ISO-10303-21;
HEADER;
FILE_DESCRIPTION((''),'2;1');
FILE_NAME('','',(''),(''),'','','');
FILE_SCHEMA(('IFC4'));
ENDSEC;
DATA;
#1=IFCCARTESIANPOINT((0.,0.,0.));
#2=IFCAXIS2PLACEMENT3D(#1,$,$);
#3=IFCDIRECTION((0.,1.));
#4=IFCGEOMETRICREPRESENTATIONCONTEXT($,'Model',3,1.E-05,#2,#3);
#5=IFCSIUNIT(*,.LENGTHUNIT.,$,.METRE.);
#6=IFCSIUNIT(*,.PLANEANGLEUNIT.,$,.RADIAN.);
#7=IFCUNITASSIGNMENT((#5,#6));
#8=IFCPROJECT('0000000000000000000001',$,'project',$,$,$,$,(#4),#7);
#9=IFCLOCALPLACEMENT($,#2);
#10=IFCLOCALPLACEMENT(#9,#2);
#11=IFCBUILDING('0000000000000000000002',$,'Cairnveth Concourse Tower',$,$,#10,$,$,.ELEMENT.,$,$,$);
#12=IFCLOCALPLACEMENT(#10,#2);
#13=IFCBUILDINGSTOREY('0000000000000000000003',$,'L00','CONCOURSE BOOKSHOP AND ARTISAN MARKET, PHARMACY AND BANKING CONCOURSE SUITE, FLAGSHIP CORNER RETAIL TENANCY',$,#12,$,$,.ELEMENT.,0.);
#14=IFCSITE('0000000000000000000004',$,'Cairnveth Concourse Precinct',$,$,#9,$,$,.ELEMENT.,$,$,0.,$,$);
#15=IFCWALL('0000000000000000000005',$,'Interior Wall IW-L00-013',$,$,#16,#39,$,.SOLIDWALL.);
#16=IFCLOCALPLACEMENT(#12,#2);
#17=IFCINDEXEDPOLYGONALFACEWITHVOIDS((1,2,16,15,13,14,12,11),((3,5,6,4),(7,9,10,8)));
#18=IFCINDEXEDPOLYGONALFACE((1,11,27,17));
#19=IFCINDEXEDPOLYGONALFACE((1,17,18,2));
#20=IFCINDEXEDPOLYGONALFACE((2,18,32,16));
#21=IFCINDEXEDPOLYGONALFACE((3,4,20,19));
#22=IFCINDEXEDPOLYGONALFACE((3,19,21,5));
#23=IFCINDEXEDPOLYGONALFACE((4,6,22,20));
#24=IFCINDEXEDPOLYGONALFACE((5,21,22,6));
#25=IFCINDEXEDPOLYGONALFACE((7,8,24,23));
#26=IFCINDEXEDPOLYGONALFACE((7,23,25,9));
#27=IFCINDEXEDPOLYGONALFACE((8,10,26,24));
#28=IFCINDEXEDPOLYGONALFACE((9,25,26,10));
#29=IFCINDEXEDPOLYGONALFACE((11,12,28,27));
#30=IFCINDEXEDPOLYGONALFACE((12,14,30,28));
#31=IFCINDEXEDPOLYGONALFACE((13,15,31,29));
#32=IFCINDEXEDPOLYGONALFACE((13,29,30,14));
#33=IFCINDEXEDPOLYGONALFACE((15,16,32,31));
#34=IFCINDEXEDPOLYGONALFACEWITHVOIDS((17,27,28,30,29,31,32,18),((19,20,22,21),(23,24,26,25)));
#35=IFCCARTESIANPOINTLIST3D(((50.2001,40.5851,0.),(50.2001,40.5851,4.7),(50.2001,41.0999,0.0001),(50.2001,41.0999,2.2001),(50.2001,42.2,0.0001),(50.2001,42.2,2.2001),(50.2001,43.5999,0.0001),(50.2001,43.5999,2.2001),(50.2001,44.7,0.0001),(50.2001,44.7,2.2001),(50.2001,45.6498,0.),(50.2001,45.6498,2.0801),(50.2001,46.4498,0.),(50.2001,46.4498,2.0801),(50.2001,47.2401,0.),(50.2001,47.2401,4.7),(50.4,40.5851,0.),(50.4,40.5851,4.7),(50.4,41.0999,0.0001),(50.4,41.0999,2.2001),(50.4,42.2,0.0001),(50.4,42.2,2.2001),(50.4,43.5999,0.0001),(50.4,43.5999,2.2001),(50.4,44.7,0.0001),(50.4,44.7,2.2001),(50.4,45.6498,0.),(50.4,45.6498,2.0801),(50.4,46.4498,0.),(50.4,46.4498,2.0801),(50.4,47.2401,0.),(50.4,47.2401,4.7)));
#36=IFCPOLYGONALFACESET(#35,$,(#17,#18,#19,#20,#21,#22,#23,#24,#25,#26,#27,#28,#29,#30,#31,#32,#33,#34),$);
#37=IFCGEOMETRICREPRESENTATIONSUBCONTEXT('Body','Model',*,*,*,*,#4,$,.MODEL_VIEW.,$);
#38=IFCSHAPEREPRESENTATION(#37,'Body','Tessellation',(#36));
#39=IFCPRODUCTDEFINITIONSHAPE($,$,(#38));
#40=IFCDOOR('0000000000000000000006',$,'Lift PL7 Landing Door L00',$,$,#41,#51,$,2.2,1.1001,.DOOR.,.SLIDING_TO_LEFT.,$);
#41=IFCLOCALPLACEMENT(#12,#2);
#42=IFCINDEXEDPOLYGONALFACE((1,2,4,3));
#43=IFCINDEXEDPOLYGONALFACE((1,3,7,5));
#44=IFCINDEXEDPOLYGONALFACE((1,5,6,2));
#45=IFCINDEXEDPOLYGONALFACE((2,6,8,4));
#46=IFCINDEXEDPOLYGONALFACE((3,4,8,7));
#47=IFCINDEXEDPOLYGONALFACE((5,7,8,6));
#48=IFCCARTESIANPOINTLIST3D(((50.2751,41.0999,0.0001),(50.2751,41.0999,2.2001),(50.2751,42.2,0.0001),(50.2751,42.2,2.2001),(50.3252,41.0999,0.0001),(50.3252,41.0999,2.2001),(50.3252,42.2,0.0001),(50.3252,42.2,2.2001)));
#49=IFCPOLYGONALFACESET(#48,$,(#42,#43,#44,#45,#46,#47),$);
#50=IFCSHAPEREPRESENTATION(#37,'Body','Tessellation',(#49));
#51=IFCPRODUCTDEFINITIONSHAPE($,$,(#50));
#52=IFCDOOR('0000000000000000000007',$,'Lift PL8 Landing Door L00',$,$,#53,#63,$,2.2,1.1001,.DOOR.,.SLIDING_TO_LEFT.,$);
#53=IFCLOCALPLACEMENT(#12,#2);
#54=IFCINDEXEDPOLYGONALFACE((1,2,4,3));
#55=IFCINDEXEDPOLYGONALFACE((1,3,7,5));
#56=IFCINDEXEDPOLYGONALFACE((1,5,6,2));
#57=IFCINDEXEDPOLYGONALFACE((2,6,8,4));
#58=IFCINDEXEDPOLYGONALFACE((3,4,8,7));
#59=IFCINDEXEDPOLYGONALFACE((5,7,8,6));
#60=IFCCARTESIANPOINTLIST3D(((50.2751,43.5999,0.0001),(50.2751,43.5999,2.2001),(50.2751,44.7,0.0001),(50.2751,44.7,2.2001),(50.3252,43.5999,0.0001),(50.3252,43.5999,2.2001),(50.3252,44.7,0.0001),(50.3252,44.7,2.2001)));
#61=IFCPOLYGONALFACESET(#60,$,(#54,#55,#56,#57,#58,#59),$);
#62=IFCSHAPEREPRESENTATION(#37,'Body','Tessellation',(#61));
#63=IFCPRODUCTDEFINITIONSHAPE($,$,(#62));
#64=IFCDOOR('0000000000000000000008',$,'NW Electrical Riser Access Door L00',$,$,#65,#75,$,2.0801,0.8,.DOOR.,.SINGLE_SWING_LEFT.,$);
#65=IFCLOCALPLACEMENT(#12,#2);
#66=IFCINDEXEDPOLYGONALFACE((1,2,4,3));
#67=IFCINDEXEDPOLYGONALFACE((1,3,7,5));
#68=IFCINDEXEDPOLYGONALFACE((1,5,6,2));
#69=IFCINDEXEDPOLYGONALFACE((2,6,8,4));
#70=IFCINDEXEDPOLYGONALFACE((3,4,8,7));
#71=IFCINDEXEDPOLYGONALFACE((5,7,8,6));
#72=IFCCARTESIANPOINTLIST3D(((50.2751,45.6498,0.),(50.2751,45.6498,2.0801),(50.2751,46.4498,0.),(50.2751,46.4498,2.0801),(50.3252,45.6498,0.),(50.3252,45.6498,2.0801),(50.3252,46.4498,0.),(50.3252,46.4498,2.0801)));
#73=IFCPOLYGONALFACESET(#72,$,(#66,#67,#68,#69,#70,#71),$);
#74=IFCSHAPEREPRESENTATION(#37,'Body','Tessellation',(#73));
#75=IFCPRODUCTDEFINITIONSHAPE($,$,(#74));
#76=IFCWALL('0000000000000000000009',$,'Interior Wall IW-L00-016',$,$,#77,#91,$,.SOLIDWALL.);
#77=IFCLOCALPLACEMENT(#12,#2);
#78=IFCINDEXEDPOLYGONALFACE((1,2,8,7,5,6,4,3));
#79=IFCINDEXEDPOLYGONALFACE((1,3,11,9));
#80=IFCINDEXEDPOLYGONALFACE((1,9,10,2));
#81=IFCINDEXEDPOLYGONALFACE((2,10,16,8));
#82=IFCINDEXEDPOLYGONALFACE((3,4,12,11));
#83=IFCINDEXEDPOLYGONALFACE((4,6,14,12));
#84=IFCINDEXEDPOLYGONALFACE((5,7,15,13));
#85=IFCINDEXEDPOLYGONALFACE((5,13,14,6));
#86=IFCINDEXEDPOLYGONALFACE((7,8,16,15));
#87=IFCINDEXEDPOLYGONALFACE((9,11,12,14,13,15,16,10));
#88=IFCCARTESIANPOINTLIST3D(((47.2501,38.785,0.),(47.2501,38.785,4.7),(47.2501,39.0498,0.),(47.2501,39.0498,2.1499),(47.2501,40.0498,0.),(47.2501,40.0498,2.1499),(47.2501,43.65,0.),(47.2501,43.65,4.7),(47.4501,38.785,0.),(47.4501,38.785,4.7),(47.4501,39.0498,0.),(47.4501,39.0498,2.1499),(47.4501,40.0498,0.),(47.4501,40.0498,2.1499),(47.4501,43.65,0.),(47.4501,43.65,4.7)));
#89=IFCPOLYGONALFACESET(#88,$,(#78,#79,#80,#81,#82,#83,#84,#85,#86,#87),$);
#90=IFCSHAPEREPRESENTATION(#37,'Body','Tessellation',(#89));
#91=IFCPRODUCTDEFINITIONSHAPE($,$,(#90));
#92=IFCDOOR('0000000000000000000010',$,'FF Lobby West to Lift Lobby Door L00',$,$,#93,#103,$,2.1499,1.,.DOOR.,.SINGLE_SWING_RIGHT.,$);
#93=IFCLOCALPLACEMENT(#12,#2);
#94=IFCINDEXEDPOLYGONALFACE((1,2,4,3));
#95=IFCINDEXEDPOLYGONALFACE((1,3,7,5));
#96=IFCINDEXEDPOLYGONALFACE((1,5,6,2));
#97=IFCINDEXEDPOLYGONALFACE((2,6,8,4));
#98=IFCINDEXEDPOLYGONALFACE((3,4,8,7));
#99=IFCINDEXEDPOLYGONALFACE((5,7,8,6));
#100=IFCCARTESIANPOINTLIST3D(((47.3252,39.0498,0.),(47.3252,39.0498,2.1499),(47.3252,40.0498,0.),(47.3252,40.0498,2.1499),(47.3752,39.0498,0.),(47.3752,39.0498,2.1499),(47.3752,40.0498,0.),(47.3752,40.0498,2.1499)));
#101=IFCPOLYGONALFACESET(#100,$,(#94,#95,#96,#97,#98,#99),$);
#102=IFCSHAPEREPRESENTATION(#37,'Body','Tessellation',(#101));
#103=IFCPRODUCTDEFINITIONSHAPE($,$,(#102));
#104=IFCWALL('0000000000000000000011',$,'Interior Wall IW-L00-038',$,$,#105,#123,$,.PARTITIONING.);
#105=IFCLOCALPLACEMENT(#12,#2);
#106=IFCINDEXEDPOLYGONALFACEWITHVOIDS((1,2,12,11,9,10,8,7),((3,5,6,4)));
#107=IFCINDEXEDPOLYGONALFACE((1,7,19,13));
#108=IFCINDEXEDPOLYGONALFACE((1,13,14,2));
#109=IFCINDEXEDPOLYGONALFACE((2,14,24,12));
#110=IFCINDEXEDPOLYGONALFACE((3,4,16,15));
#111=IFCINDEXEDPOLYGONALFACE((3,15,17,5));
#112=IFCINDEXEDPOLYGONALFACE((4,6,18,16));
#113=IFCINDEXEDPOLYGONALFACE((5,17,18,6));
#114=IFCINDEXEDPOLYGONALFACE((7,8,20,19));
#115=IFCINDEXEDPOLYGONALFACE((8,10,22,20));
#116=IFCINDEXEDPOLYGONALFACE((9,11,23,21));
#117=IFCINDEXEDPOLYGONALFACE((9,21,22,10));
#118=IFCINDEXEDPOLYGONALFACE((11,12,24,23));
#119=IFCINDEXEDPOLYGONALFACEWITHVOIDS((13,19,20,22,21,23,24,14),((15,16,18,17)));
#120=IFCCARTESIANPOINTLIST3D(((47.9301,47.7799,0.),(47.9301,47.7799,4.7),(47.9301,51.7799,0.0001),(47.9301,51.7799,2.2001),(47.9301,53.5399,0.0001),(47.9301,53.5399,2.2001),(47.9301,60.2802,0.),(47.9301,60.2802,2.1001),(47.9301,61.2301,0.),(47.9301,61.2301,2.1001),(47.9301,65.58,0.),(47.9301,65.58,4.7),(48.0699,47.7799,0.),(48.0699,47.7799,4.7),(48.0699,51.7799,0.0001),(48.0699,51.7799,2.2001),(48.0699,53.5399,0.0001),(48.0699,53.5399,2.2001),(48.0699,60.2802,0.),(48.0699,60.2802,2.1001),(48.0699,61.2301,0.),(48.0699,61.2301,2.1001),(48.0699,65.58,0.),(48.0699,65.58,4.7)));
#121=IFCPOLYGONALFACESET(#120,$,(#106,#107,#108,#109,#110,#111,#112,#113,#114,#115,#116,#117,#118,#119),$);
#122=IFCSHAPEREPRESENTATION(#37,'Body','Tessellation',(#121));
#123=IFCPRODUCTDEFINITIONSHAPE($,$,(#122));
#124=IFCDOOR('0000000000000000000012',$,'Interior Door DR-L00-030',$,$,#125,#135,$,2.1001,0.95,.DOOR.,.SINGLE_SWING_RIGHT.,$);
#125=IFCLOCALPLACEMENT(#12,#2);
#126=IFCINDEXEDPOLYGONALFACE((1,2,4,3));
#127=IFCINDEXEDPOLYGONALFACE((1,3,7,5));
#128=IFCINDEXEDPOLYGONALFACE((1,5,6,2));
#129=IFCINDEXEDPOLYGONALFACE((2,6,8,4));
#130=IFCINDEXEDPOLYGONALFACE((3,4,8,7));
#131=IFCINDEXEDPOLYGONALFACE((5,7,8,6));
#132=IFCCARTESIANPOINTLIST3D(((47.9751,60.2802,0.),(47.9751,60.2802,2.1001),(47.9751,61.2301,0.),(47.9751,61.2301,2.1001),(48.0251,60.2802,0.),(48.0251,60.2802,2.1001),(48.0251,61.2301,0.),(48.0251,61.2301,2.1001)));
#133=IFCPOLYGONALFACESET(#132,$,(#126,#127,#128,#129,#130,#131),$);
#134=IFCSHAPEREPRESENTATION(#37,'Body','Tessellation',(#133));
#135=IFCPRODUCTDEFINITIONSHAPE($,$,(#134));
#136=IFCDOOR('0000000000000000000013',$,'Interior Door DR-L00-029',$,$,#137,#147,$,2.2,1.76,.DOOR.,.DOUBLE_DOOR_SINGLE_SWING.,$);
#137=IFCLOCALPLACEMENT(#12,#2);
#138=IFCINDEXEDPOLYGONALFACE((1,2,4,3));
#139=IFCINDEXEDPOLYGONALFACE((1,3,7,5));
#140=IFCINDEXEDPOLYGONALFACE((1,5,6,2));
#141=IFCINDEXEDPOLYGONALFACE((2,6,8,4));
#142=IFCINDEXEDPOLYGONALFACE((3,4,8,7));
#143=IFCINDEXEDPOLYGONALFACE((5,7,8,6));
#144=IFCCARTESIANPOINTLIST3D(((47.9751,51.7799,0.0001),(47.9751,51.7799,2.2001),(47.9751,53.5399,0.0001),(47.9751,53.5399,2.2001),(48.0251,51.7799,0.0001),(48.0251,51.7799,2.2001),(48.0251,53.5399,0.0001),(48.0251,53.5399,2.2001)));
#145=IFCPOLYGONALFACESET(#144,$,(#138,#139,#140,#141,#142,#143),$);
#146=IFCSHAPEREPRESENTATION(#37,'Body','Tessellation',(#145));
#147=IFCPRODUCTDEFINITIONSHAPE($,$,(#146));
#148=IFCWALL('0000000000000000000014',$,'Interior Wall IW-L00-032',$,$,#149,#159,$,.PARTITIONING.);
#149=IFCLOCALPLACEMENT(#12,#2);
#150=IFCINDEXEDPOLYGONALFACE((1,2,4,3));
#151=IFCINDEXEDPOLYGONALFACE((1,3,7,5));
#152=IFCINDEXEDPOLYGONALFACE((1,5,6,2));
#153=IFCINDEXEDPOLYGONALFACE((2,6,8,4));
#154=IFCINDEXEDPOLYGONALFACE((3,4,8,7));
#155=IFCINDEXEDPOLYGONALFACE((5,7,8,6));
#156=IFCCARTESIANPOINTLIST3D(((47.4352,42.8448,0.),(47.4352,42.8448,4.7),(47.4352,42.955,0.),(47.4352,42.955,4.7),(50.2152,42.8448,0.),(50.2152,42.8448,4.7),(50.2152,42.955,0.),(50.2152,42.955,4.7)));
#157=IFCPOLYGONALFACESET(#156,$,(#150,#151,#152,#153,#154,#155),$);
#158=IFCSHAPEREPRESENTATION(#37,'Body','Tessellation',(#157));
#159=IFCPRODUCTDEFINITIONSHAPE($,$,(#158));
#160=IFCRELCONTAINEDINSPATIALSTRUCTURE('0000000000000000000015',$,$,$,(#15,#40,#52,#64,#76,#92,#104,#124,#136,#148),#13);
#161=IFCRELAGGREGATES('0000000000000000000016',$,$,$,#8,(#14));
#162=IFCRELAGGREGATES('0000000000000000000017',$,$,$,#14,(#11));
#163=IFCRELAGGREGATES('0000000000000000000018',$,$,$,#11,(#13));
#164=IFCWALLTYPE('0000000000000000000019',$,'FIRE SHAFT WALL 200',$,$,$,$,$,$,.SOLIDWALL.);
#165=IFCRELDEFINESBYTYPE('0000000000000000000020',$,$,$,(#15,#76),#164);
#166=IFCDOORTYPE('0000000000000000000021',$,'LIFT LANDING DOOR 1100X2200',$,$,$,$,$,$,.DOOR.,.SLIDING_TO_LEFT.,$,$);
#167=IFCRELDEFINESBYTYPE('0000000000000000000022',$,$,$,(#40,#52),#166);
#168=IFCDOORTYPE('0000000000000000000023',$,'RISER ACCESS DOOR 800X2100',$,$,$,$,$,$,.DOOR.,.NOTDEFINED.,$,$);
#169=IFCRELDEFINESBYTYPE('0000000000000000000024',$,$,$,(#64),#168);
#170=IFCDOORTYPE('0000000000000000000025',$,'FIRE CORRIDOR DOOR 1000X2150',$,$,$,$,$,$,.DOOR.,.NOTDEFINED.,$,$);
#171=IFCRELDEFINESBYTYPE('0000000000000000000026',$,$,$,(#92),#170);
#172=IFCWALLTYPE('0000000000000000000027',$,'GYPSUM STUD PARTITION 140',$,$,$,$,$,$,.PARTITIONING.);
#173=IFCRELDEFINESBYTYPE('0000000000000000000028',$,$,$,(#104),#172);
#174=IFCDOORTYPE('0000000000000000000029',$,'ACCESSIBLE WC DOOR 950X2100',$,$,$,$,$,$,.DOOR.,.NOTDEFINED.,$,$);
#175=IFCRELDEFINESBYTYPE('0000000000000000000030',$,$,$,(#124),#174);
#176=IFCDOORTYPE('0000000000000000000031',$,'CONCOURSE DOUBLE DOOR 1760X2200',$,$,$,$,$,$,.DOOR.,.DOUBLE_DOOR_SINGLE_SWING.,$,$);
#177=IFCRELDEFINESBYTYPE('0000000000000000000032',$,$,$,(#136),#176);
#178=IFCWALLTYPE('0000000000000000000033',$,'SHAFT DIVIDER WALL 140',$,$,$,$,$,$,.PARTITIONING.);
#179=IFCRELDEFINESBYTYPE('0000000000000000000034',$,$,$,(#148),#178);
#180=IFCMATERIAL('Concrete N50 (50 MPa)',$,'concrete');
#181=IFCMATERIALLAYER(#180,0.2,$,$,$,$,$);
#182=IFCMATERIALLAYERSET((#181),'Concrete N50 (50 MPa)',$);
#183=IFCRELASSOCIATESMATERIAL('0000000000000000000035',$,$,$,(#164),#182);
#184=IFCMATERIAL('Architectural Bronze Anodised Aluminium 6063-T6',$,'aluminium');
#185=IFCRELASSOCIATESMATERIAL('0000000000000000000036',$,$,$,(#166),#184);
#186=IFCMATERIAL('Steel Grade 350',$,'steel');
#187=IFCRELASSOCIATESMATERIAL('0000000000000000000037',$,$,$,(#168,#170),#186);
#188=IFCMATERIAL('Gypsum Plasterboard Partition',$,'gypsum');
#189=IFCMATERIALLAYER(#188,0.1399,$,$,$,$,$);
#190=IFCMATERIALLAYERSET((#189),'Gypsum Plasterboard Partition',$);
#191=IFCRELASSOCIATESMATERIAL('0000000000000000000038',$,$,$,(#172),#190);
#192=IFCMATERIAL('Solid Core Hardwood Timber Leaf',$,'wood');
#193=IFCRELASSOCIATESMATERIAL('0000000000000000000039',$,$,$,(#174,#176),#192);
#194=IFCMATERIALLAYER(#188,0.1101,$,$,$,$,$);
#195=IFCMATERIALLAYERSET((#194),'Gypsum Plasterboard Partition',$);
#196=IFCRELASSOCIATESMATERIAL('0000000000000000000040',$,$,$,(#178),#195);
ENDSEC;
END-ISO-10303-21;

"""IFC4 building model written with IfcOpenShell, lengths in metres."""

from ifc_helpers import new_model, si_unit, direction, frame, frame_2d, origin, place, context, subcontext, project, spatial, rectangle, extrude, material, layer, layer_set, type_object, element, fill, save


model = new_model("IFC4")

# Units and contexts
model_context = context("Model", 3, precision=1e-05, world=origin(), true_north=direction((0.0, 1.0)))
body_context = subcontext(model_context, "Body", "Model", "MODEL_VIEW")
ifc_project = project(units=[si_unit("LENGTHUNIT", "METRE"), si_unit("PLANEANGLEUNIT", "RADIAN")], contexts=[model_context])

# Site, building, storey
site_placement = place(None, origin())
site = spatial("IfcSite", under=ifc_project, at=site_placement, Name="Cairnveth Concourse Precinct", CompositionType="ELEMENT", RefElevation=0.0)
building_placement = place(site_placement, origin())
building = spatial("IfcBuilding", under=site, at=building_placement, Name="Cairnveth Concourse Tower", CompositionType="ELEMENT")
storey_placement = place(building_placement, origin())
storey = spatial("IfcBuildingStorey", under=building, at=storey_placement, Name="L00", Description="CONCOURSE BOOKSHOP AND ARTISAN MARKET, PHARMACY AND BANKING CONCOURSE SUITE, FLAGSHIP CORNER RETAIL TENANCY", CompositionType="ELEMENT", Elevation=0.0)

# Shared definitions
ifc_material_1 = material(Name="Steel Grade 350", Category="steel")

# Shared definitions
ifc_material_2 = material(Name="Concrete N50 (50 MPa)", Category="concrete")
ifc_layer_1 = layer(ifc_material_2, 0.2)
ifc_layer_set_1 = layer_set([ifc_layer_1], Name="Concrete N50 (50 MPa)")
wall_type_1 = type_object("IfcWallType", Name="FIRE SHAFT WALL 200", PredefinedType="SOLIDWALL", material=ifc_layer_set_1)

# Wall, openings, doors
wall_1_placement = place(storey_placement, frame((50.3, 40.585, 0.0), z_axis=(0.0, 0.0, 1.0), x_axis=(0.0, 1.0, 0.0)))
wall_1 = element("IfcWall", 1, at=wall_1_placement, inside=storey, type_object=wall_type_1, Name="Interior Wall IW-L00-013", PredefinedType="SOLIDWALL", context=body_context, shape_type="SweptSolid", body=[
    extrude(rectangle(XDim=6.655, YDim=0.2, at=frame_2d((3.3276, 0.0))), origin(), (0.0, 0.0, 1.0), 4.7),
])
opening_1_placement = place(wall_1_placement, frame((0.5149, 0.0, 0.0)))
opening_1 = element("IfcOpeningElement", 2, at=opening_1_placement, cuts=wall_1, PredefinedType="OPENING", context=body_context, shape_type="SweptSolid", body=[
    extrude(rectangle(XDim=1.1001, YDim=2.2, at=frame_2d((0.55, 1.1001))), frame((0.0, 0.1099, 0.0), z_axis=(0.0, -1.0, 0.0), x_axis=(1.0, 0.0, 0.0)), (0.0, 0.0, 1.0), 0.22),
])
opening_2_placement = place(wall_1_placement, frame((3.0149, 0.0, 0.0)))
opening_2 = element("IfcOpeningElement", 3, at=opening_2_placement, cuts=wall_1, PredefinedType="OPENING", context=body_context, shape_type="SweptSolid", body=[
    extrude(rectangle(XDim=1.1001, YDim=2.2, at=frame_2d((0.55, 1.1001))), frame((0.0, 0.1099, 0.0), z_axis=(0.0, -1.0, 0.0), x_axis=(1.0, 0.0, 0.0)), (0.0, 0.0, 1.0), 0.22),
])
opening_3_placement = place(wall_1_placement, frame((5.0649, 0.0, 0.0)))
opening_3 = element("IfcOpeningElement", 4, at=opening_3_placement, cuts=wall_1, PredefinedType="OPENING", context=body_context, shape_type="SweptSolid", body=[
    extrude(rectangle(XDim=0.8, YDim=2.0801, at=frame_2d((0.3999, 1.04))), frame((0.0, 0.1099, 0.0), z_axis=(0.0, -1.0, 0.0), x_axis=(1.0, 0.0, 0.0)), (0.0, 0.0, 1.0), 0.22),
])
ifc_material_3 = material(Name="Architectural Bronze Anodised Aluminium 6063-T6", Category="aluminium")
door_type_1 = type_object("IfcDoorType", Name="LIFT LANDING DOOR 1100X2200", OperationType="SLIDING_TO_LEFT", PredefinedType="DOOR", material=ifc_material_3)
door_1_placement = place(opening_1_placement, origin())
door_1 = element("IfcDoor", 5, at=door_1_placement, inside=storey, type_object=door_type_1, Name="Lift PL7 Landing Door L00", OperationType="SLIDING_TO_LEFT", OverallHeight=2.2, OverallWidth=1.1001, PredefinedType="DOOR", context=body_context, shape_type="SweptSolid", body=[
    extrude(rectangle(XDim=1.1001, YDim=2.2, at=frame_2d((0.55, 1.1001))), frame((0.0, 0.0249, 0.0), z_axis=(0.0, -1.0, 0.0), x_axis=(1.0, 0.0, 0.0)), (0.0, 0.0, 1.0), 0.05),
])
fill(opening_1, door_1)
door_2_placement = place(opening_2_placement, origin())
door_2 = element("IfcDoor", 6, at=door_2_placement, inside=storey, type_object=door_type_1, Name="Lift PL8 Landing Door L00", OperationType="SLIDING_TO_LEFT", OverallHeight=2.2, OverallWidth=1.1001, PredefinedType="DOOR", context=body_context, shape_type="SweptSolid", body=[
    extrude(rectangle(XDim=1.1001, YDim=2.2, at=frame_2d((0.55, 1.1001))), frame((0.0, 0.0249, 0.0), z_axis=(0.0, -1.0, 0.0), x_axis=(1.0, 0.0, 0.0)), (0.0, 0.0, 1.0), 0.05),
])
fill(opening_2, door_2)
door_type_2 = type_object("IfcDoorType", Name="RISER ACCESS DOOR 800X2100", OperationType="NOTDEFINED", PredefinedType="DOOR", material=ifc_material_1)
door_3_placement = place(opening_3_placement, origin())
door_3 = element("IfcDoor", 7, at=door_3_placement, inside=storey, type_object=door_type_2, Name="NW Electrical Riser Access Door L00", OperationType="SINGLE_SWING_LEFT", OverallHeight=2.0801, OverallWidth=0.8, PredefinedType="DOOR", context=body_context, shape_type="SweptSolid", body=[
    extrude(rectangle(XDim=0.8, YDim=2.0801, at=frame_2d((0.3999, 1.04))), frame((0.0, 0.0249, 0.0), z_axis=(0.0, -1.0, 0.0), x_axis=(1.0, 0.0, 0.0)), (0.0, 0.0, 1.0), 0.05),
])
fill(opening_3, door_3)

# Wall, opening, door
wall_2_placement = place(storey_placement, frame((47.3501, 38.7849, 0.0), z_axis=(0.0, 0.0, 1.0), x_axis=(0.0, 1.0, 0.0)))
wall_2 = element("IfcWall", 8, at=wall_2_placement, inside=storey, type_object=wall_type_1, Name="Interior Wall IW-L00-016", PredefinedType="SOLIDWALL", context=body_context, shape_type="SweptSolid", body=[
    extrude(rectangle(XDim=4.865, YDim=0.2, at=frame_2d((2.4326, 0.0))), origin(), (0.0, 0.0, 1.0), 4.7),
])
opening_4_placement = place(wall_2_placement, frame((0.2649, 0.0, 0.0)))
opening_4 = element("IfcOpeningElement", 9, at=opening_4_placement, cuts=wall_2, PredefinedType="OPENING", context=body_context, shape_type="SweptSolid", body=[
    extrude(rectangle(XDim=1.0, YDim=2.1499, at=frame_2d((0.5, 1.075))), frame((0.0, 0.1099, 0.0), z_axis=(0.0, -1.0, 0.0), x_axis=(1.0, 0.0, 0.0)), (0.0, 0.0, 1.0), 0.22),
])
door_type_3 = type_object("IfcDoorType", Name="FIRE CORRIDOR DOOR 1000X2150", OperationType="NOTDEFINED", PredefinedType="DOOR", material=ifc_material_1)
door_4_placement = place(opening_4_placement, origin())
door_4 = element("IfcDoor", 10, at=door_4_placement, inside=storey, type_object=door_type_3, Name="FF Lobby West to Lift Lobby Door L00", OperationType="SINGLE_SWING_RIGHT", OverallHeight=2.1499, OverallWidth=1.0, PredefinedType="DOOR", context=body_context, shape_type="SweptSolid", body=[
    extrude(rectangle(XDim=1.0, YDim=2.1499, at=frame_2d((0.5, 1.075))), frame((0.0, 0.0249, 0.0), z_axis=(0.0, -1.0, 0.0), x_axis=(1.0, 0.0, 0.0)), (0.0, 0.0, 1.0), 0.05),
])
fill(opening_4, door_4)

# Wall, openings, doors
ifc_material_4 = material(Name="Gypsum Plasterboard Partition", Category="gypsum")
ifc_layer_2 = layer(ifc_material_4, 0.1399)
ifc_layer_set_2 = layer_set([ifc_layer_2], Name="Gypsum Plasterboard Partition")
wall_type_2 = type_object("IfcWallType", Name="GYPSUM STUD PARTITION 140", PredefinedType="PARTITIONING", material=ifc_layer_set_2)
wall_3_placement = place(storey_placement, frame((48.0, 47.78, 0.0), z_axis=(0.0, 0.0, 1.0), x_axis=(0.0, 1.0, 0.0)))
wall_3 = element("IfcWall", 11, at=wall_3_placement, inside=storey, type_object=wall_type_2, Name="Interior Wall IW-L00-038", PredefinedType="PARTITIONING", context=body_context, shape_type="SweptSolid", body=[
    extrude(rectangle(XDim=17.8, YDim=0.1399, at=frame_2d((8.8999, 0.0))), origin(), (0.0, 0.0, 1.0), 4.7),
])
opening_5_placement = place(wall_3_placement, frame((4.0, 0.0, 0.0)))
opening_5 = element("IfcOpeningElement", 12, at=opening_5_placement, cuts=wall_3, PredefinedType="OPENING", context=body_context, shape_type="SweptSolid", body=[
    extrude(rectangle(XDim=1.76, YDim=2.2, at=frame_2d((0.8799, 1.1001))), frame((0.0, 0.0798, 0.0), z_axis=(0.0, -1.0, 0.0), x_axis=(1.0, 0.0, 0.0)), (0.0, 0.0, 1.0), 0.1599),
])
opening_6_placement = place(wall_3_placement, frame((12.5, 0.0, 0.0)))
opening_6 = element("IfcOpeningElement", 13, at=opening_6_placement, cuts=wall_3, PredefinedType="OPENING", context=body_context, shape_type="SweptSolid", body=[
    extrude(rectangle(XDim=0.95, YDim=2.1001, at=frame_2d((0.4751, 1.05))), frame((0.0, 0.0798, 0.0), z_axis=(0.0, -1.0, 0.0), x_axis=(1.0, 0.0, 0.0)), (0.0, 0.0, 1.0), 0.1599),
])
ifc_material_5 = material(Name="Solid Core Hardwood Timber Leaf", Category="wood")
door_type_4 = type_object("IfcDoorType", Name="ACCESSIBLE WC DOOR 950X2100", OperationType="NOTDEFINED", PredefinedType="DOOR", material=ifc_material_5)
door_5_placement = place(opening_6_placement, origin())
door_5 = element("IfcDoor", 14, at=door_5_placement, inside=storey, type_object=door_type_4, Name="Interior Door DR-L00-030", OperationType="SINGLE_SWING_RIGHT", OverallHeight=2.1001, OverallWidth=0.95, PredefinedType="DOOR", context=body_context, shape_type="SweptSolid", body=[
    extrude(rectangle(XDim=0.95, YDim=2.1001, at=frame_2d((0.4751, 1.05))), frame((0.0, 0.0249, 0.0), z_axis=(0.0, -1.0, 0.0), x_axis=(1.0, 0.0, 0.0)), (0.0, 0.0, 1.0), 0.05),
])
fill(opening_6, door_5)
door_type_5 = type_object("IfcDoorType", Name="CONCOURSE DOUBLE DOOR 1760X2200", OperationType="DOUBLE_DOOR_SINGLE_SWING", PredefinedType="DOOR", material=ifc_material_5)
door_6_placement = place(opening_5_placement, origin())
door_6 = element("IfcDoor", 15, at=door_6_placement, inside=storey, type_object=door_type_5, Name="Interior Door DR-L00-029", OperationType="DOUBLE_DOOR_SINGLE_SWING", OverallHeight=2.2, OverallWidth=1.76, PredefinedType="DOOR", context=body_context, shape_type="SweptSolid", body=[
    extrude(rectangle(XDim=1.76, YDim=2.2, at=frame_2d((0.8799, 1.1001))), frame((0.0, 0.0249, 0.0), z_axis=(0.0, -1.0, 0.0), x_axis=(1.0, 0.0, 0.0)), (0.0, 0.0, 1.0), 0.05),
])
fill(opening_5, door_6)

# Wall
ifc_layer_3 = layer(ifc_material_4, 0.1101)
ifc_layer_set_3 = layer_set([ifc_layer_3], Name="Gypsum Plasterboard Partition")
wall_type_3 = type_object("IfcWallType", Name="SHAFT DIVIDER WALL 140", PredefinedType="PARTITIONING", material=ifc_layer_set_3)
wall_4_placement = place(storey_placement, frame((47.4351, 42.8999, 0.0), z_axis=(0.0, 0.0, 1.0), x_axis=(1.0, 0.0, 0.0)))
element("IfcWall", 16, at=wall_4_placement, inside=storey, type_object=wall_type_3, Name="Interior Wall IW-L00-032", PredefinedType="PARTITIONING", context=body_context, shape_type="SweptSolid", body=[
    extrude(rectangle(XDim=2.78, YDim=0.1101, at=frame_2d((1.3901, 0.0))), origin(), (0.0, 0.0, 1.0), 4.7),
])

save(model, "model.ifc")
